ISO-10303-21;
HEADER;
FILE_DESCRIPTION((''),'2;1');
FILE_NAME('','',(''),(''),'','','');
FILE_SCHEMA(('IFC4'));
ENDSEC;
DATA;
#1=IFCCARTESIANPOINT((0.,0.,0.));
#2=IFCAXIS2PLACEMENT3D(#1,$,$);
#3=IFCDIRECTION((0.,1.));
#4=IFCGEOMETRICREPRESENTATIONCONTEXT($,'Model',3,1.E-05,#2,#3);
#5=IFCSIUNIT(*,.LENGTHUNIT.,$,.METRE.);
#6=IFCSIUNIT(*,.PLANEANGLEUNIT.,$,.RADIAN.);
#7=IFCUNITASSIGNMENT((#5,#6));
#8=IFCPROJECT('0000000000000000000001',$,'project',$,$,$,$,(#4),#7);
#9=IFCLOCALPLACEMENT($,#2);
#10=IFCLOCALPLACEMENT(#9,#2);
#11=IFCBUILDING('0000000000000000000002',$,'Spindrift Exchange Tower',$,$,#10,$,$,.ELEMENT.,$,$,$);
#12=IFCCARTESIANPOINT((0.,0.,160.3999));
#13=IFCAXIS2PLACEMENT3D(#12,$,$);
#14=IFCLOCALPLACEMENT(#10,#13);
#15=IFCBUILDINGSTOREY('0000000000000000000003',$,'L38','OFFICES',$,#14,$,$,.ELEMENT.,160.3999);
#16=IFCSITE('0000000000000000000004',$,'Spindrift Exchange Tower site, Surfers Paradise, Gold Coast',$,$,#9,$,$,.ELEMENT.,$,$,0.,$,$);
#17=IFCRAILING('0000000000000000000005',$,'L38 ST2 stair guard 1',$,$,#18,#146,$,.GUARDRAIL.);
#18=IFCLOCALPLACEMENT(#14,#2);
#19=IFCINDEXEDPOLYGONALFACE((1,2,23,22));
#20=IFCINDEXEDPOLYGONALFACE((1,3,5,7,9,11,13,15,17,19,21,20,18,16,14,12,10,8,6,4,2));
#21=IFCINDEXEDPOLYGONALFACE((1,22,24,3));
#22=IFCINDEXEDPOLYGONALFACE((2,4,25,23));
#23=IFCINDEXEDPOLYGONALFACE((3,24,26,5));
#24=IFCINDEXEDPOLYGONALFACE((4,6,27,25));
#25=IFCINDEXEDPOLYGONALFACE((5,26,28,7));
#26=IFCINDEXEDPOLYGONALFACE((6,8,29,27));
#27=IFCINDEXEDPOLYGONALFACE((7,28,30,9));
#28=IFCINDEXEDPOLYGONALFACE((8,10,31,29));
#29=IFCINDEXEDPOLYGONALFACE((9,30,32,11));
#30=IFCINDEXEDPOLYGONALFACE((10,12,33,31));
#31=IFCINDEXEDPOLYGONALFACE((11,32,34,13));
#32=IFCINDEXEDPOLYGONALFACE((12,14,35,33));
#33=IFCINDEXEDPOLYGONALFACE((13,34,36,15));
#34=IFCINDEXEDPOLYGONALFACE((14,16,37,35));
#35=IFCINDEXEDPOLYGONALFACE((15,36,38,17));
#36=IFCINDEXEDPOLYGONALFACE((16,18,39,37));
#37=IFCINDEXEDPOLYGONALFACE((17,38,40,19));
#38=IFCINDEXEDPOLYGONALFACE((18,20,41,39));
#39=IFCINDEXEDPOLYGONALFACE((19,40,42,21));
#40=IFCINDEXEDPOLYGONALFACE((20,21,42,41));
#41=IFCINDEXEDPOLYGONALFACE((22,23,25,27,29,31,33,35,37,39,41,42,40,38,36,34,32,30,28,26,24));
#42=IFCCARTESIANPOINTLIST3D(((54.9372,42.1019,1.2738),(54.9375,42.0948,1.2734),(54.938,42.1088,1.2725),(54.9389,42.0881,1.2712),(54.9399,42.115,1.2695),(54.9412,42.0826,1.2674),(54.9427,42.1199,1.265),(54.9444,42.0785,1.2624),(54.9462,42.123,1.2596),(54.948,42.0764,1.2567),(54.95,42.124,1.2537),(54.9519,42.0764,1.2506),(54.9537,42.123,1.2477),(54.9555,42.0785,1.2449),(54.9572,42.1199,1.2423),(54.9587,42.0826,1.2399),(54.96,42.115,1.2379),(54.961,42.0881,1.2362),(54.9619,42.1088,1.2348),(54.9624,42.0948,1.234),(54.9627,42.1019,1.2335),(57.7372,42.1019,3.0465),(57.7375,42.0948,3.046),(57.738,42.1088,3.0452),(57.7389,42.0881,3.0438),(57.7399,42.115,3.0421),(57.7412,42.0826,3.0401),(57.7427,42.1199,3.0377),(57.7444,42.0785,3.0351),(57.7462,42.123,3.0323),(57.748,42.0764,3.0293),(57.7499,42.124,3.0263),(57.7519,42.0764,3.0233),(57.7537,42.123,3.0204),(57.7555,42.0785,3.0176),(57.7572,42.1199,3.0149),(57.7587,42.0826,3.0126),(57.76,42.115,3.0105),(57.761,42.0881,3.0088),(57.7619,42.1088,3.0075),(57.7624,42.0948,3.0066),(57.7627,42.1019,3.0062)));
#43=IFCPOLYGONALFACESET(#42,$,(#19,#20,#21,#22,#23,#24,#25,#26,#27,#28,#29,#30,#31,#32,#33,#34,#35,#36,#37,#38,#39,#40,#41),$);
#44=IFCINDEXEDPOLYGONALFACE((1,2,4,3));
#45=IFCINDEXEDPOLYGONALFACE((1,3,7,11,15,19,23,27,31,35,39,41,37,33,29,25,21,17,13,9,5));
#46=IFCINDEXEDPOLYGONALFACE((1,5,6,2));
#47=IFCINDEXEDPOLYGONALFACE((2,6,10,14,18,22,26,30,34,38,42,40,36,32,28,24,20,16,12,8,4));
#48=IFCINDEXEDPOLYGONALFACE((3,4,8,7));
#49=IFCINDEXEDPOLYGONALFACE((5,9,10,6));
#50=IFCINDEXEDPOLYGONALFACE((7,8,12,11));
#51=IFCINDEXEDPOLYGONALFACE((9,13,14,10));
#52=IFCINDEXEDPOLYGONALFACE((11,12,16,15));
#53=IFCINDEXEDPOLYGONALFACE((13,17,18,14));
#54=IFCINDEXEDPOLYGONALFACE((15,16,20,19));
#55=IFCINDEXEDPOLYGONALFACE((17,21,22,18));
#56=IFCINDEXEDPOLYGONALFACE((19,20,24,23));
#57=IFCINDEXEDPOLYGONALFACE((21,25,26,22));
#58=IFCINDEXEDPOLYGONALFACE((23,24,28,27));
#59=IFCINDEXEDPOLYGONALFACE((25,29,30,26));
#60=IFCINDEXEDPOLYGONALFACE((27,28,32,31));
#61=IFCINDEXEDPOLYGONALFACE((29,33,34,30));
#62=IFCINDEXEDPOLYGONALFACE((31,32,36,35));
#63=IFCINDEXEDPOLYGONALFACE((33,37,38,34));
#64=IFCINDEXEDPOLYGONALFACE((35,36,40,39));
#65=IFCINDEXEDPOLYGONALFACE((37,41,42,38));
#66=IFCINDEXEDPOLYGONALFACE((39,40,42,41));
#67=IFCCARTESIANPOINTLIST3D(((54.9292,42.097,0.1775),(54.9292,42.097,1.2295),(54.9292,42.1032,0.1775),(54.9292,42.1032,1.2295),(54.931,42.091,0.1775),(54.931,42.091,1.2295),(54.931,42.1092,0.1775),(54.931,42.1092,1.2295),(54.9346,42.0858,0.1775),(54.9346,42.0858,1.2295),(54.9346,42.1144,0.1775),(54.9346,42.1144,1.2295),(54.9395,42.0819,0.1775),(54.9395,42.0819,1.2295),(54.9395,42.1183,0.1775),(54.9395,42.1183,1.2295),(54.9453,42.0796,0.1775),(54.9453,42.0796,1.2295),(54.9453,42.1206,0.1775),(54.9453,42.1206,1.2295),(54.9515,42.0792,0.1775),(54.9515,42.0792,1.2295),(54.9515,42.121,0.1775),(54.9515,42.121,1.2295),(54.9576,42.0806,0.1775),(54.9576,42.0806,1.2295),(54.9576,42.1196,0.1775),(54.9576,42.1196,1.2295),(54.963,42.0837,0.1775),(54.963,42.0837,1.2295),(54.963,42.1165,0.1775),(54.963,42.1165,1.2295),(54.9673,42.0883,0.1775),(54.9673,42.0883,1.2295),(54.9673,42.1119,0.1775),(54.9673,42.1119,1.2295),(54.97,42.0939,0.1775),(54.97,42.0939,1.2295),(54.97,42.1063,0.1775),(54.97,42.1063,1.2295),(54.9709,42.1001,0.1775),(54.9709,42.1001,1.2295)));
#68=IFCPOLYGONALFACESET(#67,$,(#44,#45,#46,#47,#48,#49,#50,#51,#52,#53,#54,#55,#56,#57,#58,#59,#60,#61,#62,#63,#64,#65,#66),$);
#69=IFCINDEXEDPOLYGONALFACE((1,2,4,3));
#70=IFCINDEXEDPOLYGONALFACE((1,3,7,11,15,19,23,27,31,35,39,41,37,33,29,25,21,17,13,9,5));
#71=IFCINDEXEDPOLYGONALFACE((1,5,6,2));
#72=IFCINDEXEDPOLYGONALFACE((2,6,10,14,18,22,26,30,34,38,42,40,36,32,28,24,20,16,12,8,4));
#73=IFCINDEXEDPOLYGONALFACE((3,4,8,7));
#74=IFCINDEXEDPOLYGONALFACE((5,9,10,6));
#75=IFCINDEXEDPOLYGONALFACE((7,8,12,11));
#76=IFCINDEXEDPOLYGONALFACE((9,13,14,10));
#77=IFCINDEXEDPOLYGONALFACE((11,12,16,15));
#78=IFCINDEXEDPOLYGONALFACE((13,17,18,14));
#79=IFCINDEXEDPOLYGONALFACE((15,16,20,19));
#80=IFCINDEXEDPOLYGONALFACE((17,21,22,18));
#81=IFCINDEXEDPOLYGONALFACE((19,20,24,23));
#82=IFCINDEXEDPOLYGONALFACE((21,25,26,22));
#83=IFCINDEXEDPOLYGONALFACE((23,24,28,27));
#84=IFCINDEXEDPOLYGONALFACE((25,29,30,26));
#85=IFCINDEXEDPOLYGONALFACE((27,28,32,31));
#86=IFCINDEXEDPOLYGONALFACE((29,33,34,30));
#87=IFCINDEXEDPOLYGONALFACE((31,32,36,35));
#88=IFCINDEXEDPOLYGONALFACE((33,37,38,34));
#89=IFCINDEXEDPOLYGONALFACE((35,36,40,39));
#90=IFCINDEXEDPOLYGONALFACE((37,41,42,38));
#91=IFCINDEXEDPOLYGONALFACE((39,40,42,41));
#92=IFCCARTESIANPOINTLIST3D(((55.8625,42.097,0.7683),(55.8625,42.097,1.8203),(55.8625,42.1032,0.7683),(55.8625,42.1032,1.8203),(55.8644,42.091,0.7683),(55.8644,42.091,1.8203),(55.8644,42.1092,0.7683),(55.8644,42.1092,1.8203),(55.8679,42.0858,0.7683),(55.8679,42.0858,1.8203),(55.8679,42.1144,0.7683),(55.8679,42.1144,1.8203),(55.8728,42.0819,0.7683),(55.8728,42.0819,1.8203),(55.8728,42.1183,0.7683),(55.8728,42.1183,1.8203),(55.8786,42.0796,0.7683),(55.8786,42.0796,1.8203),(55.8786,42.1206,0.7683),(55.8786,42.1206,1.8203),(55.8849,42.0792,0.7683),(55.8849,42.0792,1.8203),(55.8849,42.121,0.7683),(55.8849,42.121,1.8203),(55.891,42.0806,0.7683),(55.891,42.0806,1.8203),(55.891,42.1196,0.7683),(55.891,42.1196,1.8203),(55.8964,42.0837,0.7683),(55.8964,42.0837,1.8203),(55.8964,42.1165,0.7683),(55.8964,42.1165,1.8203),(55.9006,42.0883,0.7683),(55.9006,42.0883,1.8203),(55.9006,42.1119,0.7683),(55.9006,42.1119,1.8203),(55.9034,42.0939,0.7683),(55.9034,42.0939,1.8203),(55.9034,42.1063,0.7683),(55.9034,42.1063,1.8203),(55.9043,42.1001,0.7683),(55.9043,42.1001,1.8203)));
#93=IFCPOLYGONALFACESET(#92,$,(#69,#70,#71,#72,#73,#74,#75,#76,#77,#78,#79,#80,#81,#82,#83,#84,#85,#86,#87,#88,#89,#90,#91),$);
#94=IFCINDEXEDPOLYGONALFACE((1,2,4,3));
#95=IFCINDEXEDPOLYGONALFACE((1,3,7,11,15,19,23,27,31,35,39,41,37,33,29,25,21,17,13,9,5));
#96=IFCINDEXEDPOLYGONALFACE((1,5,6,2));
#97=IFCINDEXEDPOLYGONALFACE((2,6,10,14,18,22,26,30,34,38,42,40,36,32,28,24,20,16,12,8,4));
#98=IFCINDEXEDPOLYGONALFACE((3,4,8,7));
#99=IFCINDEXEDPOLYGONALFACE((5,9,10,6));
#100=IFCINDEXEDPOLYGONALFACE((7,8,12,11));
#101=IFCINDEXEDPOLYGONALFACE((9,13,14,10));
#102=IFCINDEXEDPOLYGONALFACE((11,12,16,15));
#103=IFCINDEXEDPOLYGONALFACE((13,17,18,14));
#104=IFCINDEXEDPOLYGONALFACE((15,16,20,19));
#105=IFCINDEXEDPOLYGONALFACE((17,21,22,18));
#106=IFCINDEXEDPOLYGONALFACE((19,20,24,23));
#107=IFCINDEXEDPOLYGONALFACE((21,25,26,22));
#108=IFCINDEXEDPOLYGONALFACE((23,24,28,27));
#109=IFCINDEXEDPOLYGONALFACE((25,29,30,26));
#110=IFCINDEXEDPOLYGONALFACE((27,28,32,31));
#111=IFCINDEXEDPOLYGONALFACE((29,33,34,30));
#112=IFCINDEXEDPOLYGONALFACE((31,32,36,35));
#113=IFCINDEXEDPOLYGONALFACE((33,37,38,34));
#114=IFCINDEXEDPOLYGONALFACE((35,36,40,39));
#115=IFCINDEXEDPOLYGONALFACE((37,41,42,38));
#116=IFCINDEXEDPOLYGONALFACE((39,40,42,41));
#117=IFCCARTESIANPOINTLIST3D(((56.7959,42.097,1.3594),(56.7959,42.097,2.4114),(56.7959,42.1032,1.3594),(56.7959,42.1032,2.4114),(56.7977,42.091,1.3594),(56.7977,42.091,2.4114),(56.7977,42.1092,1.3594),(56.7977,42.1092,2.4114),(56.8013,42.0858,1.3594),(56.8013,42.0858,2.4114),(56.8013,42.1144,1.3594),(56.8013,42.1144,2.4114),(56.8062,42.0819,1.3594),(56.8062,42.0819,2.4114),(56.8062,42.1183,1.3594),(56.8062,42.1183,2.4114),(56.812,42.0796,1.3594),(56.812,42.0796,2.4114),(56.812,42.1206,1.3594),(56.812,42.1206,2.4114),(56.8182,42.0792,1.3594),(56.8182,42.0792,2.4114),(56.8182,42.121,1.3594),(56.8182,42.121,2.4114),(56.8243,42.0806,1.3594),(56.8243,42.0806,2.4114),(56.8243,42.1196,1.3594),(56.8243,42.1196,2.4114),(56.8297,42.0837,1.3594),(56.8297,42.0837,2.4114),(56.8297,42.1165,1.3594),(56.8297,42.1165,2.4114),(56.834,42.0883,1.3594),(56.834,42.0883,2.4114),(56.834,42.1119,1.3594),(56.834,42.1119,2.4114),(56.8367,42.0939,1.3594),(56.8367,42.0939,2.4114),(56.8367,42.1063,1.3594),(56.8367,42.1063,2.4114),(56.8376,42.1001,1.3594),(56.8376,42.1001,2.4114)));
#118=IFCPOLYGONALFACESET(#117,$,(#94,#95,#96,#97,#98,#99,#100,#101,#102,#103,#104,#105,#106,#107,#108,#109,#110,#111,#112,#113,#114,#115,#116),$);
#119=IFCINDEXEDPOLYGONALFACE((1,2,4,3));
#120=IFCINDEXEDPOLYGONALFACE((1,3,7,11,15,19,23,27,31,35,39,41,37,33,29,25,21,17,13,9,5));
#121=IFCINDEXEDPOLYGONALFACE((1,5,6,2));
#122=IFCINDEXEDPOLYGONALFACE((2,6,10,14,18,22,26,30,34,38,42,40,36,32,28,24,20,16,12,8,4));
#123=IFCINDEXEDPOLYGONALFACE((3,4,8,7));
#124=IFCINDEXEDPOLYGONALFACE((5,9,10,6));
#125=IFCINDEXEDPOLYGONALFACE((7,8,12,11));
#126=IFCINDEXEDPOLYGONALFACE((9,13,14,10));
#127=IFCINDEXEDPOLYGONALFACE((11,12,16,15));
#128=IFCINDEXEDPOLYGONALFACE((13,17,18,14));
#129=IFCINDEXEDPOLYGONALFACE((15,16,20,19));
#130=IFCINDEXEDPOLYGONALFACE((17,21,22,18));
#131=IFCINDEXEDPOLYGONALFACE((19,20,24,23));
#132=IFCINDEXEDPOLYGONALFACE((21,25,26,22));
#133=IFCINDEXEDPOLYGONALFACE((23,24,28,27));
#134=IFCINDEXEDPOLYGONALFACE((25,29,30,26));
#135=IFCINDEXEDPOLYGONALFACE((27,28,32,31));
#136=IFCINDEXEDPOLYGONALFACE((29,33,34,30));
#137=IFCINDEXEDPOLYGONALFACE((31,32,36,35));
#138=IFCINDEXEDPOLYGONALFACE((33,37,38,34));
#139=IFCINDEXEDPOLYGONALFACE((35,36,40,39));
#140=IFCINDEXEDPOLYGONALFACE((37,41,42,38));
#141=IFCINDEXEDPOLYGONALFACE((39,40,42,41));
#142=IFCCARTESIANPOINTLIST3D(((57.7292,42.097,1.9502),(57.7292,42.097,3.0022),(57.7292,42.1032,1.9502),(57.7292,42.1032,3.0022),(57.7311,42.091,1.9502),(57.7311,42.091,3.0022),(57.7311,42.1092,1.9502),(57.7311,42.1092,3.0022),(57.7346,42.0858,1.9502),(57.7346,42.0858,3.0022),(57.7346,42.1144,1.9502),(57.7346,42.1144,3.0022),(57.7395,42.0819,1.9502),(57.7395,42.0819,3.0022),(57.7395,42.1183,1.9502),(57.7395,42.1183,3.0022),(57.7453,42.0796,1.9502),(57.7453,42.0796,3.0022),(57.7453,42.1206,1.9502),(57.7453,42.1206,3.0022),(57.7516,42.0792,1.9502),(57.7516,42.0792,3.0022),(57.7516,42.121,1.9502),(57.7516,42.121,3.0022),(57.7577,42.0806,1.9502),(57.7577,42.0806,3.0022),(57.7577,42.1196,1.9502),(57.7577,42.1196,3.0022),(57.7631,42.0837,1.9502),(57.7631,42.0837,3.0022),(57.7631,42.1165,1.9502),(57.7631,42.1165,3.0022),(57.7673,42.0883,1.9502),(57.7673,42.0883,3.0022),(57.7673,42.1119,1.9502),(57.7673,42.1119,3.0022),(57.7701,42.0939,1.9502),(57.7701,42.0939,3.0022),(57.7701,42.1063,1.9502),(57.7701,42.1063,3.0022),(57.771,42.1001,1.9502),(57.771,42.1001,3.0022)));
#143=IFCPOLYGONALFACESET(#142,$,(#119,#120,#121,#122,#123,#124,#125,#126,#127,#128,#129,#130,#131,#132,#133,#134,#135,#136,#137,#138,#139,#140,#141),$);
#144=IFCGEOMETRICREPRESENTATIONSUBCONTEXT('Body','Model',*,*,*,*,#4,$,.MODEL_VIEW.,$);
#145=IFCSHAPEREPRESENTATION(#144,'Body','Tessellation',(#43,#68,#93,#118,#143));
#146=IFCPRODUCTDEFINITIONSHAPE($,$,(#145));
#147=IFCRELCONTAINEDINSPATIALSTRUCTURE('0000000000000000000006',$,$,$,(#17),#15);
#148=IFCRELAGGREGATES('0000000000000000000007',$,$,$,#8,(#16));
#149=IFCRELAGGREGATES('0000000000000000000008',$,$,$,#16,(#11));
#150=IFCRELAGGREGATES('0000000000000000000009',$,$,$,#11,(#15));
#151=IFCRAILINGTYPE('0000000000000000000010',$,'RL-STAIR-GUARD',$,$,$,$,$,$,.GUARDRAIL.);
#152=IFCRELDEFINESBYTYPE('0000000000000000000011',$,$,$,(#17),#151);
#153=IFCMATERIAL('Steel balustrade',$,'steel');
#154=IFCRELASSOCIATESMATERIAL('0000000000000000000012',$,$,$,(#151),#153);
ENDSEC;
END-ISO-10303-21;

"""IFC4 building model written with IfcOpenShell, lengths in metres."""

from ifc_helpers import new_model, si_unit, direction, frame, origin, origin_2d, place, context, subcontext, project, spatial, circle, extrude, material, type_object, element, save


model = new_model("IFC4")

# Units and contexts
model_context = context("Model", 3, precision=1e-05, world=origin(), true_north=direction((0.0, 1.0)))
body_context = subcontext(model_context, "Body", "Model", "MODEL_VIEW")
ifc_project = project(units=[si_unit("LENGTHUNIT", "METRE"), si_unit("PLANEANGLEUNIT", "RADIAN")], contexts=[model_context])

# Site, building, storey
site_placement = place(None, origin())
site = spatial("IfcSite", under=ifc_project, at=site_placement, Name="Spindrift Exchange Tower site, Surfers Paradise, Gold Coast", CompositionType="ELEMENT", RefElevation=0.0)
building_placement = place(site_placement, origin())
building = spatial("IfcBuilding", under=site, at=building_placement, Name="Spindrift Exchange Tower", CompositionType="ELEMENT")
storey_placement = place(building_placement, frame((0.0, 0.0, 160.3999)))
storey = spatial("IfcBuildingStorey", under=building, at=storey_placement, Name="L38", Description="OFFICES", CompositionType="ELEMENT", Elevation=160.3999)

# Railing
ifc_material_1 = material(Name="Steel balustrade", Category="steel")
railing_type_1 = type_object("IfcRailingType", Name="RL-STAIR-GUARD", PredefinedType="GUARDRAIL", material=ifc_material_1)
railing_1_placement = place(storey_placement, frame((54.95, 42.1001, 0.1775)))
element("IfcRailing", 1, at=railing_1_placement, inside=storey, type_object=railing_type_1, Name="L38 ST2 stair guard 1", PredefinedType="GUARDRAIL", context=body_context, shape_type="SweptSolid", body=[
    extrude(circle(Radius=0.0239, at=origin_2d()), frame((0.0, 0.0, 1.0762), z_axis=(0.844909, 0.0, 0.53491), x_axis=(0.0, 1.0, 0.0)), (0.0, 0.0, 1.0), 3.314),
    extrude(circle(Radius=0.021, at=origin_2d()), origin(), (0.0, 0.0, 1.0), 1.052),
    extrude(circle(Radius=0.021, at=origin_2d()), frame((0.9333, 0.0, 0.5908)), (0.0, 0.0, 1.0), 1.052),
    extrude(circle(Radius=0.021, at=origin_2d()), frame((1.8667, 0.0, 1.1819)), (0.0, 0.0, 1.0), 1.052),
    extrude(circle(Radius=0.021, at=origin_2d()), frame((2.8, 0.0, 1.7727)), (0.0, 0.0, 1.0), 1.052),
])

save(model, "model.ifc")
